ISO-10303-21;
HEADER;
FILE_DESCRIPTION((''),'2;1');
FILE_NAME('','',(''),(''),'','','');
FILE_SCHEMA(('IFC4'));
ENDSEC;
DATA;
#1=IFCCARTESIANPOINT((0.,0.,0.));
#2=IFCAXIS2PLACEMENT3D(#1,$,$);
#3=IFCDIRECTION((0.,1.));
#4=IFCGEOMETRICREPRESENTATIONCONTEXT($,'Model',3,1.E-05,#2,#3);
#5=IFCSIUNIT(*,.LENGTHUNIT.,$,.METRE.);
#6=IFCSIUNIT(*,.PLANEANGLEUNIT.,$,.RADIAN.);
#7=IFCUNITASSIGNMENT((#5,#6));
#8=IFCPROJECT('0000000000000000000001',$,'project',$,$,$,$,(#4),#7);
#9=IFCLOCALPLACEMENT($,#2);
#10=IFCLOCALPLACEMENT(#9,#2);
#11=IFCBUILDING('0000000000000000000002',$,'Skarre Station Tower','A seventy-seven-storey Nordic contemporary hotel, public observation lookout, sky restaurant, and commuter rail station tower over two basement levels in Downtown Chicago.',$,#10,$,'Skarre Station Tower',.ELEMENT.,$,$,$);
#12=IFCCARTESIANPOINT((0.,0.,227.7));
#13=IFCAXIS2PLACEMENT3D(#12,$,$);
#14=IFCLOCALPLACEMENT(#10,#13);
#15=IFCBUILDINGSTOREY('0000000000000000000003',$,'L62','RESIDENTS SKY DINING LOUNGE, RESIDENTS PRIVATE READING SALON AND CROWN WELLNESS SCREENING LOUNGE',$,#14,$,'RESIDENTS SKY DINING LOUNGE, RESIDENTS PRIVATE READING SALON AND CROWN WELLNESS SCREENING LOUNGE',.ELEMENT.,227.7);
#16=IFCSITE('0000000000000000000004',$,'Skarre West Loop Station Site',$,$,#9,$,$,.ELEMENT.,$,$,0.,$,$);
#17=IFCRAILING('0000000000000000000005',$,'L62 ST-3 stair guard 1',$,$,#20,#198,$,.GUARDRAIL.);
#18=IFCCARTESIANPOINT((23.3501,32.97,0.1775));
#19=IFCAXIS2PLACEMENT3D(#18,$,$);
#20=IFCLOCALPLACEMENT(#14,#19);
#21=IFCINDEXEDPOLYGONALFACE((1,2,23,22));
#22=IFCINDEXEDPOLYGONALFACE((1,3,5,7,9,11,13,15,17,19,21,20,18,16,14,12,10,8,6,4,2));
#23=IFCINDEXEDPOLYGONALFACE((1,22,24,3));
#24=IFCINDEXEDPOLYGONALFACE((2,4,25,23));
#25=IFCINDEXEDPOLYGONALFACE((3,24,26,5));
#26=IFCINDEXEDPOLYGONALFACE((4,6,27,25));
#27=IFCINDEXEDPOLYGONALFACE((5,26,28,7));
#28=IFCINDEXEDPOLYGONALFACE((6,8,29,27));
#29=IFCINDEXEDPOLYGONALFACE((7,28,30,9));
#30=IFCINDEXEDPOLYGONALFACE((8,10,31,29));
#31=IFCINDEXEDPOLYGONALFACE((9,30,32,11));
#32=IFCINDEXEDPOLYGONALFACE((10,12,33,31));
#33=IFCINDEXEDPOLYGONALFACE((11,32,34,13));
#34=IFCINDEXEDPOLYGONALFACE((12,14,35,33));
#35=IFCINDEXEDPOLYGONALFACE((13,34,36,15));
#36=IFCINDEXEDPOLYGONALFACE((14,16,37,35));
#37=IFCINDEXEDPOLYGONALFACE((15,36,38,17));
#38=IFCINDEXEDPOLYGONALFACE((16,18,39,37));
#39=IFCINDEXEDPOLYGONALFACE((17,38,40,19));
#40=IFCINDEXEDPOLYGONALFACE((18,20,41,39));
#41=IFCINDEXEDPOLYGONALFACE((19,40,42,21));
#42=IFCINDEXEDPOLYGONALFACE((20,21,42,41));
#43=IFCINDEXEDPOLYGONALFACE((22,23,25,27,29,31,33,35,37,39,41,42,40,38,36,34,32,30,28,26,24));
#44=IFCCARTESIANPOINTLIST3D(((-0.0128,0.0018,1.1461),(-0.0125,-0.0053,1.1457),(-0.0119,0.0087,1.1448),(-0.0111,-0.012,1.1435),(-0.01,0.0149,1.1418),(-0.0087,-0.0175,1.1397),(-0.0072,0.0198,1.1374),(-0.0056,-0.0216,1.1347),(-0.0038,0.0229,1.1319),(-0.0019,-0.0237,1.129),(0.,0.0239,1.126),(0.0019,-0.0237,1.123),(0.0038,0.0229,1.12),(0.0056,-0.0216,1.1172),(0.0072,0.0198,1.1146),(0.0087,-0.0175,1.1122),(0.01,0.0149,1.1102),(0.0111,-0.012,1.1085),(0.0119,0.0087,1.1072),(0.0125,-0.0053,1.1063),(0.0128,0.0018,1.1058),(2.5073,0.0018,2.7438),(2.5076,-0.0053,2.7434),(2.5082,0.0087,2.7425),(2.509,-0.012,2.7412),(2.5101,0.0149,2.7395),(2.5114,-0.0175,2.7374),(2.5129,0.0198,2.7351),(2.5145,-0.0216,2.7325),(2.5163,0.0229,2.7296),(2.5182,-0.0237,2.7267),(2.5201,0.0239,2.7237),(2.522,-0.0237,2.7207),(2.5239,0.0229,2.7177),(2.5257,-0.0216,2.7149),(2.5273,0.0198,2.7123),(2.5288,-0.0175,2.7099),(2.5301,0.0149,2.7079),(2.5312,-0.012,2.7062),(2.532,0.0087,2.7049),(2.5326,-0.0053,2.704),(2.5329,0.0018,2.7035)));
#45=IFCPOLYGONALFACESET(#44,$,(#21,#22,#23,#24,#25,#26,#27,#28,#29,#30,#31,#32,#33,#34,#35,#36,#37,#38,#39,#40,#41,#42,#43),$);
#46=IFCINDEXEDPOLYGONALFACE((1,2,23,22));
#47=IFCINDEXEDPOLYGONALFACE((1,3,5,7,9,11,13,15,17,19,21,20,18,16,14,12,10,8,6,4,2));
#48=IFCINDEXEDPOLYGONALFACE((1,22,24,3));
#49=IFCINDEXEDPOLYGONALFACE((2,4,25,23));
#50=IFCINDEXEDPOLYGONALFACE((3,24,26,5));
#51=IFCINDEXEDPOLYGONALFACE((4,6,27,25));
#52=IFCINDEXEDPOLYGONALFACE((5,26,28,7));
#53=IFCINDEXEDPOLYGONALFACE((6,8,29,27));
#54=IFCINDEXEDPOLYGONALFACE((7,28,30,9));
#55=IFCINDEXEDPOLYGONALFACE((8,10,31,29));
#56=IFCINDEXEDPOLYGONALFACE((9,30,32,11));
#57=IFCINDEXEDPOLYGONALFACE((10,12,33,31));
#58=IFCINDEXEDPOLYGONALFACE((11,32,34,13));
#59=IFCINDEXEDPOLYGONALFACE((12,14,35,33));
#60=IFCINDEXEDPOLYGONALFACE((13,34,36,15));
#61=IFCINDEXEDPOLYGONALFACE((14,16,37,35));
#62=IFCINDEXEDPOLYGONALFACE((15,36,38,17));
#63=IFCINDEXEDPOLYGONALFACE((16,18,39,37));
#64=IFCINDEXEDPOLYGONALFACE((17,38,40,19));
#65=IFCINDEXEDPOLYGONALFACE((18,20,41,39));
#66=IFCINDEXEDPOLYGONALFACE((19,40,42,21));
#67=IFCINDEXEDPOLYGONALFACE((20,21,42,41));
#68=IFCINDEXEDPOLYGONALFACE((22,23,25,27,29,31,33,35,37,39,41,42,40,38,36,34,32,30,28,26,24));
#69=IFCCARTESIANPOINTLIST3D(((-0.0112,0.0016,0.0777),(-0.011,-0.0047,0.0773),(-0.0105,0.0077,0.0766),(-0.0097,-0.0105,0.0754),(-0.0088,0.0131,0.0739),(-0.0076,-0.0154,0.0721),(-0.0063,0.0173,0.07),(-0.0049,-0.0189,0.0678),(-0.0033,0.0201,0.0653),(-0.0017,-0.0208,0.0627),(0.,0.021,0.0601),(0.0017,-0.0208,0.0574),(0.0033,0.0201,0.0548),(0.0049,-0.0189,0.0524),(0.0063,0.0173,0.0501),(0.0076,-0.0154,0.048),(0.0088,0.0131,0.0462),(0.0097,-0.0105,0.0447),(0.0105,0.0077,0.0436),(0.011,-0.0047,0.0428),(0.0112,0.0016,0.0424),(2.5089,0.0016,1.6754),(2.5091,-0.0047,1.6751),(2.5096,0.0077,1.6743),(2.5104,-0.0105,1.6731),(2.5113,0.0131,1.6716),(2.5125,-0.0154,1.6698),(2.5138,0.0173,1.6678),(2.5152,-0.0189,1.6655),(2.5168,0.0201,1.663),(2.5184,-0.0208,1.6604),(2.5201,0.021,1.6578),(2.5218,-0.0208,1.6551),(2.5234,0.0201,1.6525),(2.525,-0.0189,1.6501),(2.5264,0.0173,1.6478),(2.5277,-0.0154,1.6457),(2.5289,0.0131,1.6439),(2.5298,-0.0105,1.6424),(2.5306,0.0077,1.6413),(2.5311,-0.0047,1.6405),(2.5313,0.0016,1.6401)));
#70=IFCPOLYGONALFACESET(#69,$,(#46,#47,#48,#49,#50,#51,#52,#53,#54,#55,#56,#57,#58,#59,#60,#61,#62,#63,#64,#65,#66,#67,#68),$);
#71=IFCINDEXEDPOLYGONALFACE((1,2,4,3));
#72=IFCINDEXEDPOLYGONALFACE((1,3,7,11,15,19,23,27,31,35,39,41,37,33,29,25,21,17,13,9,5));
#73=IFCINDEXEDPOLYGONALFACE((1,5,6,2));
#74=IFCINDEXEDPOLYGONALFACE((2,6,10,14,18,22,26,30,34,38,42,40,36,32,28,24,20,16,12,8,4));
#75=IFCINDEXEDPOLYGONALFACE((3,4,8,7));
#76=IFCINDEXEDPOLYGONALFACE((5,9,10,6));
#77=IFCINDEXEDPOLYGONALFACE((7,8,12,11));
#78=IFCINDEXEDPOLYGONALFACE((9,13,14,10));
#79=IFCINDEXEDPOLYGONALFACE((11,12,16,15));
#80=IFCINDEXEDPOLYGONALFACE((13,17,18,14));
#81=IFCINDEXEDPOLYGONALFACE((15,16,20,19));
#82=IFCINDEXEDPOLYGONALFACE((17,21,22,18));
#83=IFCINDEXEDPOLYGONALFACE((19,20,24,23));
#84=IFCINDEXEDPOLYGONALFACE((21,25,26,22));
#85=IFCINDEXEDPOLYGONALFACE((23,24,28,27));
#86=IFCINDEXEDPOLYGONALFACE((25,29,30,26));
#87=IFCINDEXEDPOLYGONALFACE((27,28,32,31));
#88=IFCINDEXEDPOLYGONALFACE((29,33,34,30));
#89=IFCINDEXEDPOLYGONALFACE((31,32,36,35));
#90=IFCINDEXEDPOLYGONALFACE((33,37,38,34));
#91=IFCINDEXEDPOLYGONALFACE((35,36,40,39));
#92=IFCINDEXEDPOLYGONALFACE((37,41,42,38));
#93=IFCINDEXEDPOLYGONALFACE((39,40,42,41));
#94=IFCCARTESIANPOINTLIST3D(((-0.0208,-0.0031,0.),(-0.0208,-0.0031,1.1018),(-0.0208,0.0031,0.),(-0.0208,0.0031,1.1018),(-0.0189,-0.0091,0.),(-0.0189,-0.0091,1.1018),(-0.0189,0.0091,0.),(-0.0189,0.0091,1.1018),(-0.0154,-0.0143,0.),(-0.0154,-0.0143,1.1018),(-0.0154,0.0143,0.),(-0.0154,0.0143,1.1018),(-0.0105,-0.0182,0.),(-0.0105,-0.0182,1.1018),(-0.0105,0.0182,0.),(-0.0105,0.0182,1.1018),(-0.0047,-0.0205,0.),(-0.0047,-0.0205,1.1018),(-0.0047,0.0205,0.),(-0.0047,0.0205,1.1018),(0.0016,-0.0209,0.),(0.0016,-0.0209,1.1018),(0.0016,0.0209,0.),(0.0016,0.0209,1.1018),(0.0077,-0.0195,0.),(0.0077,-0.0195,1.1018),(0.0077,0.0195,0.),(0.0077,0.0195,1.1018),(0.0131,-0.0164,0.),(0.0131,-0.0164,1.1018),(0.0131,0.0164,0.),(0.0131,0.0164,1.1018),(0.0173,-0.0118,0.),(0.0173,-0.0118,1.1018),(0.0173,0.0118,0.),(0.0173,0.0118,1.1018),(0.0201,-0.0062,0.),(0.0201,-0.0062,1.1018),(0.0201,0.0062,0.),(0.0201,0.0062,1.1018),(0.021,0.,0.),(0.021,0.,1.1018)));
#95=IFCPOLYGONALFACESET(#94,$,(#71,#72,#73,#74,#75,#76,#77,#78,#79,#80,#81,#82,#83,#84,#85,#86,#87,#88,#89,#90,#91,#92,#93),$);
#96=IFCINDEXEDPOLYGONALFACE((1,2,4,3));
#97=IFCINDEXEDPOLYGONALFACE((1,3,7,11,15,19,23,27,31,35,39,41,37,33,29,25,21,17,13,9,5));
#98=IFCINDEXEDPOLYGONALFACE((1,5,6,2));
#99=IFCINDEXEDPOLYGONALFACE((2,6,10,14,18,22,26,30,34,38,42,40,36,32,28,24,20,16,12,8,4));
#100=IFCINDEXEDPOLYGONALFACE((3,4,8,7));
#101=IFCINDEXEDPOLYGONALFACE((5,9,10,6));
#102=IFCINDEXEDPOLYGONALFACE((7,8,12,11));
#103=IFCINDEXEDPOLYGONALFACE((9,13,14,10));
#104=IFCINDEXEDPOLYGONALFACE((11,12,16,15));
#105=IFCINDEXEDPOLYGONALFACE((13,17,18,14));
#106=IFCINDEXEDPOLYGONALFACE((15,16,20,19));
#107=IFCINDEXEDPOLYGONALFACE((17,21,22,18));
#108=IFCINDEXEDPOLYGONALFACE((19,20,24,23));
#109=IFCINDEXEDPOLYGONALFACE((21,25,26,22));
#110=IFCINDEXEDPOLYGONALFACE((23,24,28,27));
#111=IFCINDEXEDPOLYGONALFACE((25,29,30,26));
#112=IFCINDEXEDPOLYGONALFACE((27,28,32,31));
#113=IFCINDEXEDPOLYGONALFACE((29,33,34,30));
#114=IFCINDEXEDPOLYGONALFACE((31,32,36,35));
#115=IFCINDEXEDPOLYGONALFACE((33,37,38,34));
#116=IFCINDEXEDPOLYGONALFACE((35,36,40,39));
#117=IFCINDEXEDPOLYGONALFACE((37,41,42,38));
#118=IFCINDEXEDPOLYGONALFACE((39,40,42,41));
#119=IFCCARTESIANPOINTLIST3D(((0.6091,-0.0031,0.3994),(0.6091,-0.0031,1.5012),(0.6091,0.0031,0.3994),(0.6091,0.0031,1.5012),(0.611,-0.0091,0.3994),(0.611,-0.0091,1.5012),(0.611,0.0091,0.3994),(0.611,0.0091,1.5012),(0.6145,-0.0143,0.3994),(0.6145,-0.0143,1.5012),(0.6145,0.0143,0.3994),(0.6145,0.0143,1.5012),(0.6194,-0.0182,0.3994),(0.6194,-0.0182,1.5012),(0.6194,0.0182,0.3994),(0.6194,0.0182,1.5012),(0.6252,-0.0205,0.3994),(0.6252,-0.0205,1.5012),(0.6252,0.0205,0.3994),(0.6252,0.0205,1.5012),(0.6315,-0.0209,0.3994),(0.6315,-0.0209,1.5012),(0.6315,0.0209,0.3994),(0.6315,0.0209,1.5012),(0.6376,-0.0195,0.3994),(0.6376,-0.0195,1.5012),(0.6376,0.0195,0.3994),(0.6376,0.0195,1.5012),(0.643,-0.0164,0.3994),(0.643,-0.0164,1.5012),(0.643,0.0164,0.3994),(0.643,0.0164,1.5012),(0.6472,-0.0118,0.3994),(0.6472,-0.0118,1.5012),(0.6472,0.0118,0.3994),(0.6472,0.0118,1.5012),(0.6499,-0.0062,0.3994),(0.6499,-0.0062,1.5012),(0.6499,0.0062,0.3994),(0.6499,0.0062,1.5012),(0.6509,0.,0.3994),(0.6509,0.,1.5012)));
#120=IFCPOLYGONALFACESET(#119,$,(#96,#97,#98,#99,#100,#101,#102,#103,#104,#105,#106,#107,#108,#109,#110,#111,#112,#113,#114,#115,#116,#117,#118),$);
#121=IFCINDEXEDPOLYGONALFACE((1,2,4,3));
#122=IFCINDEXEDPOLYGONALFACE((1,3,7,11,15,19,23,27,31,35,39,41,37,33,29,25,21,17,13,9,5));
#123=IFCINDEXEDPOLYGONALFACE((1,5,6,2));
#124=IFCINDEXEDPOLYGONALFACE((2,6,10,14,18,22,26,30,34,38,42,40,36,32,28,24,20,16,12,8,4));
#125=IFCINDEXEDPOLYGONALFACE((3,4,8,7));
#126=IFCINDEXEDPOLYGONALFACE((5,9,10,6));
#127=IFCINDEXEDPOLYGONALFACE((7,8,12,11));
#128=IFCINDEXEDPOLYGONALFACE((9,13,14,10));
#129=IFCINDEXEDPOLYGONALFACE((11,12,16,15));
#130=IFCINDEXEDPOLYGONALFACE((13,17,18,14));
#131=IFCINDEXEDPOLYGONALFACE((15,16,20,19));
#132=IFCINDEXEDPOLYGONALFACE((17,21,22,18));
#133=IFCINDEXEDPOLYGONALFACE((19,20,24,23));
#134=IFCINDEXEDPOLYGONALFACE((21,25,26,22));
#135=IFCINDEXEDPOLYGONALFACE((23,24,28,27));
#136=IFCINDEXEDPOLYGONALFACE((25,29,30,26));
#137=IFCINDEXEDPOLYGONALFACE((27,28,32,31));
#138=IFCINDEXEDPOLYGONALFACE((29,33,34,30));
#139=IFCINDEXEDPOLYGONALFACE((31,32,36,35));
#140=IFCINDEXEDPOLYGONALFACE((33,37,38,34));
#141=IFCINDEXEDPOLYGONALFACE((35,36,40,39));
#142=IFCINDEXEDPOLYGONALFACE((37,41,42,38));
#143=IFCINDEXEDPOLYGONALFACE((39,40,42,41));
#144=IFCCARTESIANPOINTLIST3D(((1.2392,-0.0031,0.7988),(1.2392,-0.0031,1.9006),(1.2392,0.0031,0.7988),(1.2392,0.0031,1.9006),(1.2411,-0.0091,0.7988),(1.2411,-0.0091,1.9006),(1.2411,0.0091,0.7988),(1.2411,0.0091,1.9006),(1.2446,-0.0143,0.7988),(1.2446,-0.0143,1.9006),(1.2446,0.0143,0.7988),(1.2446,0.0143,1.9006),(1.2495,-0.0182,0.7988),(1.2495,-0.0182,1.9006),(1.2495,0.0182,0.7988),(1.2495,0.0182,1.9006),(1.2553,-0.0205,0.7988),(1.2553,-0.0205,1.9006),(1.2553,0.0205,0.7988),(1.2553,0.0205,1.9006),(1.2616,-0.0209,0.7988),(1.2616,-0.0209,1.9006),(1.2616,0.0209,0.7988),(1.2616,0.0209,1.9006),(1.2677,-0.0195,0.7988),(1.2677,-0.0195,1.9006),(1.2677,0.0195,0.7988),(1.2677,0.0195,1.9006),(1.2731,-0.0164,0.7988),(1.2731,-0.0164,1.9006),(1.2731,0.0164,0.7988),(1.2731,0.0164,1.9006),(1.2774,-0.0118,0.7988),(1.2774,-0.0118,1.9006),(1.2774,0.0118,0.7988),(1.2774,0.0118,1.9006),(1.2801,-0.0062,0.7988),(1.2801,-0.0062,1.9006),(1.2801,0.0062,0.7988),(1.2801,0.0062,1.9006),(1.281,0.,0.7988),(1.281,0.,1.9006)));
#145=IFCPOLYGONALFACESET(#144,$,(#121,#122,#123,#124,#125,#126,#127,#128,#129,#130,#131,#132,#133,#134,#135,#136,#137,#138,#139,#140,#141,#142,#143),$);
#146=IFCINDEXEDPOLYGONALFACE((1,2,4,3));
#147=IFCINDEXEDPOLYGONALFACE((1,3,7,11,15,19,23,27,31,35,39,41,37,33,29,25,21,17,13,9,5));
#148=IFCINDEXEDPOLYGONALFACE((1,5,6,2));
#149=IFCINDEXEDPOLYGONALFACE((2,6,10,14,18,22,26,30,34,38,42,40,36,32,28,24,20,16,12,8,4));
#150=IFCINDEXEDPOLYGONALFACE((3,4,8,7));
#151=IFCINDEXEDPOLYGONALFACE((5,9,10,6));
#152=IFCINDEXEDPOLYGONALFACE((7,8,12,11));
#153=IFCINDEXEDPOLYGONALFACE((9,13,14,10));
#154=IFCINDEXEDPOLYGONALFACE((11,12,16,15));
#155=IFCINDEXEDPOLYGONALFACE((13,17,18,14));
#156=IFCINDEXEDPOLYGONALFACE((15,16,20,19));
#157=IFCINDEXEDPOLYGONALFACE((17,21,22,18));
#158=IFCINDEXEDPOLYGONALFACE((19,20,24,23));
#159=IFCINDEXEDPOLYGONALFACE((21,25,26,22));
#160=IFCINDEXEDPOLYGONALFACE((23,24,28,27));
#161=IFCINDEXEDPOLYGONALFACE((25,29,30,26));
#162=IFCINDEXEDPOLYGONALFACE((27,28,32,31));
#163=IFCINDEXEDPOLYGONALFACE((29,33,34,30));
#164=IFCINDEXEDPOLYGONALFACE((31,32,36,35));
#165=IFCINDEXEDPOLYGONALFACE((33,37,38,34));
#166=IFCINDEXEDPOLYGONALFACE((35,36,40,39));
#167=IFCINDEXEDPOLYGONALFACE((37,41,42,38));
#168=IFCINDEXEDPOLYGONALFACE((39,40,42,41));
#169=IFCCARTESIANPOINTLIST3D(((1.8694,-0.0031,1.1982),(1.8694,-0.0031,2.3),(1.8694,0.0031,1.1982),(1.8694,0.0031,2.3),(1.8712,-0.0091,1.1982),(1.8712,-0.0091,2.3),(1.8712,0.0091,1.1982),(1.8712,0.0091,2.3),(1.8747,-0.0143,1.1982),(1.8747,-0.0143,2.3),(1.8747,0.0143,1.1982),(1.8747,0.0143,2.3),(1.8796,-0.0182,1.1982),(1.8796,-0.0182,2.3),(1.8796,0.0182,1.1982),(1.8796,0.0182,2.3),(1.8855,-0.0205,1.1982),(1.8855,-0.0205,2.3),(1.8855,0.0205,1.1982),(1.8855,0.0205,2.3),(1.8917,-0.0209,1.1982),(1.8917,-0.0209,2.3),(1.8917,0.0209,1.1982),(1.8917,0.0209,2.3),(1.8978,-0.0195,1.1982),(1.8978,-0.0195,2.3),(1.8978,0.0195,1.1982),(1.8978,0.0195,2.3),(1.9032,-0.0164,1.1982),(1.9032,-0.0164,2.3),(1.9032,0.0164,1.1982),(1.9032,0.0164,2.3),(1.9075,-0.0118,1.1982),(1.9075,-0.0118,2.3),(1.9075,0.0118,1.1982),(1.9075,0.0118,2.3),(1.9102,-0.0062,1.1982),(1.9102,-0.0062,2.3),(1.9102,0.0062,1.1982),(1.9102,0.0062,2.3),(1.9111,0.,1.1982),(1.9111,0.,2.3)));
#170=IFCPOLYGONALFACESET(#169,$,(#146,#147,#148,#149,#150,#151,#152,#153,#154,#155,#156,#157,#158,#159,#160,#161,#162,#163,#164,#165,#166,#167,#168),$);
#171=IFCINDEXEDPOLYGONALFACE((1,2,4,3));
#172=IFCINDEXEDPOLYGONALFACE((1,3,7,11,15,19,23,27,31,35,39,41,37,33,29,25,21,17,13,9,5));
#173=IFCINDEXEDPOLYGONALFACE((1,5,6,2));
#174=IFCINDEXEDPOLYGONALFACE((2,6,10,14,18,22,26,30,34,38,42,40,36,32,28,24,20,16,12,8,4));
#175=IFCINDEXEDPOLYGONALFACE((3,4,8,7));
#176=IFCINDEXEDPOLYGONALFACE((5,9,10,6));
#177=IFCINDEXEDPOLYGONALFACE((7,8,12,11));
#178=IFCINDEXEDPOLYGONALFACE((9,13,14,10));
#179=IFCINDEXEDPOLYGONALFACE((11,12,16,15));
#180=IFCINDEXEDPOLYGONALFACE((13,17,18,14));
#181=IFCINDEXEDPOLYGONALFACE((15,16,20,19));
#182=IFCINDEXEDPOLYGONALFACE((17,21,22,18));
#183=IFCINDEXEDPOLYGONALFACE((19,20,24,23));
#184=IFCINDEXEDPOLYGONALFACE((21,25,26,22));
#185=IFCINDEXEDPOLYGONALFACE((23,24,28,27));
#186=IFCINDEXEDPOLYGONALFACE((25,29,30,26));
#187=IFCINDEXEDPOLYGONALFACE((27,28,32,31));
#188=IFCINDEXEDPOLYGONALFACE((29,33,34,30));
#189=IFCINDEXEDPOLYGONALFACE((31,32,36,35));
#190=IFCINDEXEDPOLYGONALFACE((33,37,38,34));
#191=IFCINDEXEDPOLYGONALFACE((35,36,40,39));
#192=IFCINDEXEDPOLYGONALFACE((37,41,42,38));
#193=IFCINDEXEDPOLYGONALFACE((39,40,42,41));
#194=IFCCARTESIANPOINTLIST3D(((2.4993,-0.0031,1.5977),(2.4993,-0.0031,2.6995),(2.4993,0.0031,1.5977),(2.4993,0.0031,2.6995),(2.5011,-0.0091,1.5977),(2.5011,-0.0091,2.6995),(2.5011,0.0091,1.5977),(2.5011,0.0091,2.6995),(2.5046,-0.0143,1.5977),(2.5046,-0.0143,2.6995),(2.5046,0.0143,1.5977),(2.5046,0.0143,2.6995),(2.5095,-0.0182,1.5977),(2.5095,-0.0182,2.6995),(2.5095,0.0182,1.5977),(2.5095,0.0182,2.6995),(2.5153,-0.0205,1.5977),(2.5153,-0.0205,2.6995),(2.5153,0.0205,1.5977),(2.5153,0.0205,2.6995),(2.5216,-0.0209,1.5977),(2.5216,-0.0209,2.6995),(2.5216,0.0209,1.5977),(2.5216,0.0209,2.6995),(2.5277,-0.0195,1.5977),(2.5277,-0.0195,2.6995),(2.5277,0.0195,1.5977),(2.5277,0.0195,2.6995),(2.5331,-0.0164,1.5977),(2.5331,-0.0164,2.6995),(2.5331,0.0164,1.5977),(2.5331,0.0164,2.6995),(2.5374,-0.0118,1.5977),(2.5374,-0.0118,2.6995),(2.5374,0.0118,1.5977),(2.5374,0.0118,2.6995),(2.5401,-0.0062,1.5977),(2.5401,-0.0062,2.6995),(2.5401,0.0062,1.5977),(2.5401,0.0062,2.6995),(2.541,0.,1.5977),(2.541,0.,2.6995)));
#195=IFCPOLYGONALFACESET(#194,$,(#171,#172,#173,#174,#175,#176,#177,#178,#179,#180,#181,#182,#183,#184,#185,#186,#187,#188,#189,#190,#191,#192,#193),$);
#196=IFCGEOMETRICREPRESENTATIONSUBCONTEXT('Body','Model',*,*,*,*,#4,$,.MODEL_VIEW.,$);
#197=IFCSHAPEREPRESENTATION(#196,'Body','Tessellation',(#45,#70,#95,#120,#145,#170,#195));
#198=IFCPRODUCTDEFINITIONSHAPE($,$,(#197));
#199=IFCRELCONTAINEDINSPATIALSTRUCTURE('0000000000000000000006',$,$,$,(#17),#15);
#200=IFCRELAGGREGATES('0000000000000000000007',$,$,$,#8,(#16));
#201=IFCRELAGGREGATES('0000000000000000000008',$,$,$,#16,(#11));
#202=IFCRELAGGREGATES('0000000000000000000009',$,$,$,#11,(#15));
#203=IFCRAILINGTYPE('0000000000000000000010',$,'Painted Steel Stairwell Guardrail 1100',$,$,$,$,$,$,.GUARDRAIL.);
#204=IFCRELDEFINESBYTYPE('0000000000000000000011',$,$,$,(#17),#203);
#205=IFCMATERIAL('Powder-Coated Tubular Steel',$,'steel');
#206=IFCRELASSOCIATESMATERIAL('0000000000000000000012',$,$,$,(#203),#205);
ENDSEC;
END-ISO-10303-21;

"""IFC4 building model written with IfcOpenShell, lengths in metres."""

from ifc_helpers import new_model, si_unit, direction, frame, origin, origin_2d, place, context, subcontext, project, spatial, circle, extrude, material, type_object, element, save


model = new_model("IFC4")

# Units and contexts
model_context = context("Model", 3, precision=1e-05, world=origin(), true_north=direction((0.0, 1.0)))
body_context = subcontext(model_context, "Body", "Model", "MODEL_VIEW")
ifc_project = project(units=[si_unit("LENGTHUNIT", "METRE"), si_unit("PLANEANGLEUNIT", "RADIAN")], contexts=[model_context])

# Site, building, storey
site_placement = place(None, origin())
site = spatial("IfcSite", under=ifc_project, at=site_placement, Name="Skarre West Loop Station Site", CompositionType="ELEMENT", RefElevation=0.0)
building_placement = place(site_placement, origin())
building = spatial("IfcBuilding", under=site, at=building_placement, Name="Skarre Station Tower", Description="A seventy-seven-storey Nordic contemporary hotel, public observation lookout, sky restaurant, and commuter rail station tower over two basement levels in Downtown Chicago.", LongName="Skarre Station Tower", CompositionType="ELEMENT")
storey_placement = place(building_placement, frame((0.0, 0.0, 227.7)))
storey = spatial("IfcBuildingStorey", under=building, at=storey_placement, Name="L62", Description="RESIDENTS SKY DINING LOUNGE, RESIDENTS PRIVATE READING SALON AND CROWN WELLNESS SCREENING LOUNGE", LongName="RESIDENTS SKY DINING LOUNGE, RESIDENTS PRIVATE READING SALON AND CROWN WELLNESS SCREENING LOUNGE", CompositionType="ELEMENT", Elevation=227.7)

# Railing
ifc_material_1 = material(Name="Powder-Coated Tubular Steel", Category="steel")
railing_type_1 = type_object("IfcRailingType", Name="Painted Steel Stairwell Guardrail 1100", PredefinedType="GUARDRAIL", material=ifc_material_1)
railing_1_placement = place(storey_placement, frame((23.3501, 32.97, 0.1775)))
element("IfcRailing", 1, at=railing_1_placement, inside=storey, type_object=railing_type_1, Name="L62 ST-3 stair guard 1", PredefinedType="GUARDRAIL", context=body_context, shape_type="SweptSolid", body=[
    extrude(circle(Radius=0.0239, at=origin_2d()), frame((0.0, 0.0, 1.126), z_axis=(0.84457, 0.0, 0.535445), x_axis=(0.0, 1.0, 0.0)), (0.0, 0.0, 1.0), 2.9839),
    extrude(circle(Radius=0.021, at=origin_2d()), frame((0.0, 0.0, 0.0601), z_axis=(0.84457, 0.0, 0.535445), x_axis=(0.0, 1.0, 0.0)), (0.0, 0.0, 1.0), 2.9839),
    extrude(circle(Radius=0.021, at=origin_2d()), origin(), (0.0, 0.0, 1.0), 1.1018),
    extrude(circle(Radius=0.021, at=origin_2d()), frame((0.6299, 0.0, 0.3994)), (0.0, 0.0, 1.0), 1.1018),
    extrude(circle(Radius=0.021, at=origin_2d()), frame((1.26, 0.0, 0.7988)), (0.0, 0.0, 1.0), 1.1018),
    extrude(circle(Radius=0.021, at=origin_2d()), frame((1.8901, 0.0, 1.1982)), (0.0, 0.0, 1.0), 1.1018),
    extrude(circle(Radius=0.021, at=origin_2d()), frame((2.52, 0.0, 1.5977)), (0.0, 0.0, 1.0), 1.1018),
])

save(model, "model.ifc")
